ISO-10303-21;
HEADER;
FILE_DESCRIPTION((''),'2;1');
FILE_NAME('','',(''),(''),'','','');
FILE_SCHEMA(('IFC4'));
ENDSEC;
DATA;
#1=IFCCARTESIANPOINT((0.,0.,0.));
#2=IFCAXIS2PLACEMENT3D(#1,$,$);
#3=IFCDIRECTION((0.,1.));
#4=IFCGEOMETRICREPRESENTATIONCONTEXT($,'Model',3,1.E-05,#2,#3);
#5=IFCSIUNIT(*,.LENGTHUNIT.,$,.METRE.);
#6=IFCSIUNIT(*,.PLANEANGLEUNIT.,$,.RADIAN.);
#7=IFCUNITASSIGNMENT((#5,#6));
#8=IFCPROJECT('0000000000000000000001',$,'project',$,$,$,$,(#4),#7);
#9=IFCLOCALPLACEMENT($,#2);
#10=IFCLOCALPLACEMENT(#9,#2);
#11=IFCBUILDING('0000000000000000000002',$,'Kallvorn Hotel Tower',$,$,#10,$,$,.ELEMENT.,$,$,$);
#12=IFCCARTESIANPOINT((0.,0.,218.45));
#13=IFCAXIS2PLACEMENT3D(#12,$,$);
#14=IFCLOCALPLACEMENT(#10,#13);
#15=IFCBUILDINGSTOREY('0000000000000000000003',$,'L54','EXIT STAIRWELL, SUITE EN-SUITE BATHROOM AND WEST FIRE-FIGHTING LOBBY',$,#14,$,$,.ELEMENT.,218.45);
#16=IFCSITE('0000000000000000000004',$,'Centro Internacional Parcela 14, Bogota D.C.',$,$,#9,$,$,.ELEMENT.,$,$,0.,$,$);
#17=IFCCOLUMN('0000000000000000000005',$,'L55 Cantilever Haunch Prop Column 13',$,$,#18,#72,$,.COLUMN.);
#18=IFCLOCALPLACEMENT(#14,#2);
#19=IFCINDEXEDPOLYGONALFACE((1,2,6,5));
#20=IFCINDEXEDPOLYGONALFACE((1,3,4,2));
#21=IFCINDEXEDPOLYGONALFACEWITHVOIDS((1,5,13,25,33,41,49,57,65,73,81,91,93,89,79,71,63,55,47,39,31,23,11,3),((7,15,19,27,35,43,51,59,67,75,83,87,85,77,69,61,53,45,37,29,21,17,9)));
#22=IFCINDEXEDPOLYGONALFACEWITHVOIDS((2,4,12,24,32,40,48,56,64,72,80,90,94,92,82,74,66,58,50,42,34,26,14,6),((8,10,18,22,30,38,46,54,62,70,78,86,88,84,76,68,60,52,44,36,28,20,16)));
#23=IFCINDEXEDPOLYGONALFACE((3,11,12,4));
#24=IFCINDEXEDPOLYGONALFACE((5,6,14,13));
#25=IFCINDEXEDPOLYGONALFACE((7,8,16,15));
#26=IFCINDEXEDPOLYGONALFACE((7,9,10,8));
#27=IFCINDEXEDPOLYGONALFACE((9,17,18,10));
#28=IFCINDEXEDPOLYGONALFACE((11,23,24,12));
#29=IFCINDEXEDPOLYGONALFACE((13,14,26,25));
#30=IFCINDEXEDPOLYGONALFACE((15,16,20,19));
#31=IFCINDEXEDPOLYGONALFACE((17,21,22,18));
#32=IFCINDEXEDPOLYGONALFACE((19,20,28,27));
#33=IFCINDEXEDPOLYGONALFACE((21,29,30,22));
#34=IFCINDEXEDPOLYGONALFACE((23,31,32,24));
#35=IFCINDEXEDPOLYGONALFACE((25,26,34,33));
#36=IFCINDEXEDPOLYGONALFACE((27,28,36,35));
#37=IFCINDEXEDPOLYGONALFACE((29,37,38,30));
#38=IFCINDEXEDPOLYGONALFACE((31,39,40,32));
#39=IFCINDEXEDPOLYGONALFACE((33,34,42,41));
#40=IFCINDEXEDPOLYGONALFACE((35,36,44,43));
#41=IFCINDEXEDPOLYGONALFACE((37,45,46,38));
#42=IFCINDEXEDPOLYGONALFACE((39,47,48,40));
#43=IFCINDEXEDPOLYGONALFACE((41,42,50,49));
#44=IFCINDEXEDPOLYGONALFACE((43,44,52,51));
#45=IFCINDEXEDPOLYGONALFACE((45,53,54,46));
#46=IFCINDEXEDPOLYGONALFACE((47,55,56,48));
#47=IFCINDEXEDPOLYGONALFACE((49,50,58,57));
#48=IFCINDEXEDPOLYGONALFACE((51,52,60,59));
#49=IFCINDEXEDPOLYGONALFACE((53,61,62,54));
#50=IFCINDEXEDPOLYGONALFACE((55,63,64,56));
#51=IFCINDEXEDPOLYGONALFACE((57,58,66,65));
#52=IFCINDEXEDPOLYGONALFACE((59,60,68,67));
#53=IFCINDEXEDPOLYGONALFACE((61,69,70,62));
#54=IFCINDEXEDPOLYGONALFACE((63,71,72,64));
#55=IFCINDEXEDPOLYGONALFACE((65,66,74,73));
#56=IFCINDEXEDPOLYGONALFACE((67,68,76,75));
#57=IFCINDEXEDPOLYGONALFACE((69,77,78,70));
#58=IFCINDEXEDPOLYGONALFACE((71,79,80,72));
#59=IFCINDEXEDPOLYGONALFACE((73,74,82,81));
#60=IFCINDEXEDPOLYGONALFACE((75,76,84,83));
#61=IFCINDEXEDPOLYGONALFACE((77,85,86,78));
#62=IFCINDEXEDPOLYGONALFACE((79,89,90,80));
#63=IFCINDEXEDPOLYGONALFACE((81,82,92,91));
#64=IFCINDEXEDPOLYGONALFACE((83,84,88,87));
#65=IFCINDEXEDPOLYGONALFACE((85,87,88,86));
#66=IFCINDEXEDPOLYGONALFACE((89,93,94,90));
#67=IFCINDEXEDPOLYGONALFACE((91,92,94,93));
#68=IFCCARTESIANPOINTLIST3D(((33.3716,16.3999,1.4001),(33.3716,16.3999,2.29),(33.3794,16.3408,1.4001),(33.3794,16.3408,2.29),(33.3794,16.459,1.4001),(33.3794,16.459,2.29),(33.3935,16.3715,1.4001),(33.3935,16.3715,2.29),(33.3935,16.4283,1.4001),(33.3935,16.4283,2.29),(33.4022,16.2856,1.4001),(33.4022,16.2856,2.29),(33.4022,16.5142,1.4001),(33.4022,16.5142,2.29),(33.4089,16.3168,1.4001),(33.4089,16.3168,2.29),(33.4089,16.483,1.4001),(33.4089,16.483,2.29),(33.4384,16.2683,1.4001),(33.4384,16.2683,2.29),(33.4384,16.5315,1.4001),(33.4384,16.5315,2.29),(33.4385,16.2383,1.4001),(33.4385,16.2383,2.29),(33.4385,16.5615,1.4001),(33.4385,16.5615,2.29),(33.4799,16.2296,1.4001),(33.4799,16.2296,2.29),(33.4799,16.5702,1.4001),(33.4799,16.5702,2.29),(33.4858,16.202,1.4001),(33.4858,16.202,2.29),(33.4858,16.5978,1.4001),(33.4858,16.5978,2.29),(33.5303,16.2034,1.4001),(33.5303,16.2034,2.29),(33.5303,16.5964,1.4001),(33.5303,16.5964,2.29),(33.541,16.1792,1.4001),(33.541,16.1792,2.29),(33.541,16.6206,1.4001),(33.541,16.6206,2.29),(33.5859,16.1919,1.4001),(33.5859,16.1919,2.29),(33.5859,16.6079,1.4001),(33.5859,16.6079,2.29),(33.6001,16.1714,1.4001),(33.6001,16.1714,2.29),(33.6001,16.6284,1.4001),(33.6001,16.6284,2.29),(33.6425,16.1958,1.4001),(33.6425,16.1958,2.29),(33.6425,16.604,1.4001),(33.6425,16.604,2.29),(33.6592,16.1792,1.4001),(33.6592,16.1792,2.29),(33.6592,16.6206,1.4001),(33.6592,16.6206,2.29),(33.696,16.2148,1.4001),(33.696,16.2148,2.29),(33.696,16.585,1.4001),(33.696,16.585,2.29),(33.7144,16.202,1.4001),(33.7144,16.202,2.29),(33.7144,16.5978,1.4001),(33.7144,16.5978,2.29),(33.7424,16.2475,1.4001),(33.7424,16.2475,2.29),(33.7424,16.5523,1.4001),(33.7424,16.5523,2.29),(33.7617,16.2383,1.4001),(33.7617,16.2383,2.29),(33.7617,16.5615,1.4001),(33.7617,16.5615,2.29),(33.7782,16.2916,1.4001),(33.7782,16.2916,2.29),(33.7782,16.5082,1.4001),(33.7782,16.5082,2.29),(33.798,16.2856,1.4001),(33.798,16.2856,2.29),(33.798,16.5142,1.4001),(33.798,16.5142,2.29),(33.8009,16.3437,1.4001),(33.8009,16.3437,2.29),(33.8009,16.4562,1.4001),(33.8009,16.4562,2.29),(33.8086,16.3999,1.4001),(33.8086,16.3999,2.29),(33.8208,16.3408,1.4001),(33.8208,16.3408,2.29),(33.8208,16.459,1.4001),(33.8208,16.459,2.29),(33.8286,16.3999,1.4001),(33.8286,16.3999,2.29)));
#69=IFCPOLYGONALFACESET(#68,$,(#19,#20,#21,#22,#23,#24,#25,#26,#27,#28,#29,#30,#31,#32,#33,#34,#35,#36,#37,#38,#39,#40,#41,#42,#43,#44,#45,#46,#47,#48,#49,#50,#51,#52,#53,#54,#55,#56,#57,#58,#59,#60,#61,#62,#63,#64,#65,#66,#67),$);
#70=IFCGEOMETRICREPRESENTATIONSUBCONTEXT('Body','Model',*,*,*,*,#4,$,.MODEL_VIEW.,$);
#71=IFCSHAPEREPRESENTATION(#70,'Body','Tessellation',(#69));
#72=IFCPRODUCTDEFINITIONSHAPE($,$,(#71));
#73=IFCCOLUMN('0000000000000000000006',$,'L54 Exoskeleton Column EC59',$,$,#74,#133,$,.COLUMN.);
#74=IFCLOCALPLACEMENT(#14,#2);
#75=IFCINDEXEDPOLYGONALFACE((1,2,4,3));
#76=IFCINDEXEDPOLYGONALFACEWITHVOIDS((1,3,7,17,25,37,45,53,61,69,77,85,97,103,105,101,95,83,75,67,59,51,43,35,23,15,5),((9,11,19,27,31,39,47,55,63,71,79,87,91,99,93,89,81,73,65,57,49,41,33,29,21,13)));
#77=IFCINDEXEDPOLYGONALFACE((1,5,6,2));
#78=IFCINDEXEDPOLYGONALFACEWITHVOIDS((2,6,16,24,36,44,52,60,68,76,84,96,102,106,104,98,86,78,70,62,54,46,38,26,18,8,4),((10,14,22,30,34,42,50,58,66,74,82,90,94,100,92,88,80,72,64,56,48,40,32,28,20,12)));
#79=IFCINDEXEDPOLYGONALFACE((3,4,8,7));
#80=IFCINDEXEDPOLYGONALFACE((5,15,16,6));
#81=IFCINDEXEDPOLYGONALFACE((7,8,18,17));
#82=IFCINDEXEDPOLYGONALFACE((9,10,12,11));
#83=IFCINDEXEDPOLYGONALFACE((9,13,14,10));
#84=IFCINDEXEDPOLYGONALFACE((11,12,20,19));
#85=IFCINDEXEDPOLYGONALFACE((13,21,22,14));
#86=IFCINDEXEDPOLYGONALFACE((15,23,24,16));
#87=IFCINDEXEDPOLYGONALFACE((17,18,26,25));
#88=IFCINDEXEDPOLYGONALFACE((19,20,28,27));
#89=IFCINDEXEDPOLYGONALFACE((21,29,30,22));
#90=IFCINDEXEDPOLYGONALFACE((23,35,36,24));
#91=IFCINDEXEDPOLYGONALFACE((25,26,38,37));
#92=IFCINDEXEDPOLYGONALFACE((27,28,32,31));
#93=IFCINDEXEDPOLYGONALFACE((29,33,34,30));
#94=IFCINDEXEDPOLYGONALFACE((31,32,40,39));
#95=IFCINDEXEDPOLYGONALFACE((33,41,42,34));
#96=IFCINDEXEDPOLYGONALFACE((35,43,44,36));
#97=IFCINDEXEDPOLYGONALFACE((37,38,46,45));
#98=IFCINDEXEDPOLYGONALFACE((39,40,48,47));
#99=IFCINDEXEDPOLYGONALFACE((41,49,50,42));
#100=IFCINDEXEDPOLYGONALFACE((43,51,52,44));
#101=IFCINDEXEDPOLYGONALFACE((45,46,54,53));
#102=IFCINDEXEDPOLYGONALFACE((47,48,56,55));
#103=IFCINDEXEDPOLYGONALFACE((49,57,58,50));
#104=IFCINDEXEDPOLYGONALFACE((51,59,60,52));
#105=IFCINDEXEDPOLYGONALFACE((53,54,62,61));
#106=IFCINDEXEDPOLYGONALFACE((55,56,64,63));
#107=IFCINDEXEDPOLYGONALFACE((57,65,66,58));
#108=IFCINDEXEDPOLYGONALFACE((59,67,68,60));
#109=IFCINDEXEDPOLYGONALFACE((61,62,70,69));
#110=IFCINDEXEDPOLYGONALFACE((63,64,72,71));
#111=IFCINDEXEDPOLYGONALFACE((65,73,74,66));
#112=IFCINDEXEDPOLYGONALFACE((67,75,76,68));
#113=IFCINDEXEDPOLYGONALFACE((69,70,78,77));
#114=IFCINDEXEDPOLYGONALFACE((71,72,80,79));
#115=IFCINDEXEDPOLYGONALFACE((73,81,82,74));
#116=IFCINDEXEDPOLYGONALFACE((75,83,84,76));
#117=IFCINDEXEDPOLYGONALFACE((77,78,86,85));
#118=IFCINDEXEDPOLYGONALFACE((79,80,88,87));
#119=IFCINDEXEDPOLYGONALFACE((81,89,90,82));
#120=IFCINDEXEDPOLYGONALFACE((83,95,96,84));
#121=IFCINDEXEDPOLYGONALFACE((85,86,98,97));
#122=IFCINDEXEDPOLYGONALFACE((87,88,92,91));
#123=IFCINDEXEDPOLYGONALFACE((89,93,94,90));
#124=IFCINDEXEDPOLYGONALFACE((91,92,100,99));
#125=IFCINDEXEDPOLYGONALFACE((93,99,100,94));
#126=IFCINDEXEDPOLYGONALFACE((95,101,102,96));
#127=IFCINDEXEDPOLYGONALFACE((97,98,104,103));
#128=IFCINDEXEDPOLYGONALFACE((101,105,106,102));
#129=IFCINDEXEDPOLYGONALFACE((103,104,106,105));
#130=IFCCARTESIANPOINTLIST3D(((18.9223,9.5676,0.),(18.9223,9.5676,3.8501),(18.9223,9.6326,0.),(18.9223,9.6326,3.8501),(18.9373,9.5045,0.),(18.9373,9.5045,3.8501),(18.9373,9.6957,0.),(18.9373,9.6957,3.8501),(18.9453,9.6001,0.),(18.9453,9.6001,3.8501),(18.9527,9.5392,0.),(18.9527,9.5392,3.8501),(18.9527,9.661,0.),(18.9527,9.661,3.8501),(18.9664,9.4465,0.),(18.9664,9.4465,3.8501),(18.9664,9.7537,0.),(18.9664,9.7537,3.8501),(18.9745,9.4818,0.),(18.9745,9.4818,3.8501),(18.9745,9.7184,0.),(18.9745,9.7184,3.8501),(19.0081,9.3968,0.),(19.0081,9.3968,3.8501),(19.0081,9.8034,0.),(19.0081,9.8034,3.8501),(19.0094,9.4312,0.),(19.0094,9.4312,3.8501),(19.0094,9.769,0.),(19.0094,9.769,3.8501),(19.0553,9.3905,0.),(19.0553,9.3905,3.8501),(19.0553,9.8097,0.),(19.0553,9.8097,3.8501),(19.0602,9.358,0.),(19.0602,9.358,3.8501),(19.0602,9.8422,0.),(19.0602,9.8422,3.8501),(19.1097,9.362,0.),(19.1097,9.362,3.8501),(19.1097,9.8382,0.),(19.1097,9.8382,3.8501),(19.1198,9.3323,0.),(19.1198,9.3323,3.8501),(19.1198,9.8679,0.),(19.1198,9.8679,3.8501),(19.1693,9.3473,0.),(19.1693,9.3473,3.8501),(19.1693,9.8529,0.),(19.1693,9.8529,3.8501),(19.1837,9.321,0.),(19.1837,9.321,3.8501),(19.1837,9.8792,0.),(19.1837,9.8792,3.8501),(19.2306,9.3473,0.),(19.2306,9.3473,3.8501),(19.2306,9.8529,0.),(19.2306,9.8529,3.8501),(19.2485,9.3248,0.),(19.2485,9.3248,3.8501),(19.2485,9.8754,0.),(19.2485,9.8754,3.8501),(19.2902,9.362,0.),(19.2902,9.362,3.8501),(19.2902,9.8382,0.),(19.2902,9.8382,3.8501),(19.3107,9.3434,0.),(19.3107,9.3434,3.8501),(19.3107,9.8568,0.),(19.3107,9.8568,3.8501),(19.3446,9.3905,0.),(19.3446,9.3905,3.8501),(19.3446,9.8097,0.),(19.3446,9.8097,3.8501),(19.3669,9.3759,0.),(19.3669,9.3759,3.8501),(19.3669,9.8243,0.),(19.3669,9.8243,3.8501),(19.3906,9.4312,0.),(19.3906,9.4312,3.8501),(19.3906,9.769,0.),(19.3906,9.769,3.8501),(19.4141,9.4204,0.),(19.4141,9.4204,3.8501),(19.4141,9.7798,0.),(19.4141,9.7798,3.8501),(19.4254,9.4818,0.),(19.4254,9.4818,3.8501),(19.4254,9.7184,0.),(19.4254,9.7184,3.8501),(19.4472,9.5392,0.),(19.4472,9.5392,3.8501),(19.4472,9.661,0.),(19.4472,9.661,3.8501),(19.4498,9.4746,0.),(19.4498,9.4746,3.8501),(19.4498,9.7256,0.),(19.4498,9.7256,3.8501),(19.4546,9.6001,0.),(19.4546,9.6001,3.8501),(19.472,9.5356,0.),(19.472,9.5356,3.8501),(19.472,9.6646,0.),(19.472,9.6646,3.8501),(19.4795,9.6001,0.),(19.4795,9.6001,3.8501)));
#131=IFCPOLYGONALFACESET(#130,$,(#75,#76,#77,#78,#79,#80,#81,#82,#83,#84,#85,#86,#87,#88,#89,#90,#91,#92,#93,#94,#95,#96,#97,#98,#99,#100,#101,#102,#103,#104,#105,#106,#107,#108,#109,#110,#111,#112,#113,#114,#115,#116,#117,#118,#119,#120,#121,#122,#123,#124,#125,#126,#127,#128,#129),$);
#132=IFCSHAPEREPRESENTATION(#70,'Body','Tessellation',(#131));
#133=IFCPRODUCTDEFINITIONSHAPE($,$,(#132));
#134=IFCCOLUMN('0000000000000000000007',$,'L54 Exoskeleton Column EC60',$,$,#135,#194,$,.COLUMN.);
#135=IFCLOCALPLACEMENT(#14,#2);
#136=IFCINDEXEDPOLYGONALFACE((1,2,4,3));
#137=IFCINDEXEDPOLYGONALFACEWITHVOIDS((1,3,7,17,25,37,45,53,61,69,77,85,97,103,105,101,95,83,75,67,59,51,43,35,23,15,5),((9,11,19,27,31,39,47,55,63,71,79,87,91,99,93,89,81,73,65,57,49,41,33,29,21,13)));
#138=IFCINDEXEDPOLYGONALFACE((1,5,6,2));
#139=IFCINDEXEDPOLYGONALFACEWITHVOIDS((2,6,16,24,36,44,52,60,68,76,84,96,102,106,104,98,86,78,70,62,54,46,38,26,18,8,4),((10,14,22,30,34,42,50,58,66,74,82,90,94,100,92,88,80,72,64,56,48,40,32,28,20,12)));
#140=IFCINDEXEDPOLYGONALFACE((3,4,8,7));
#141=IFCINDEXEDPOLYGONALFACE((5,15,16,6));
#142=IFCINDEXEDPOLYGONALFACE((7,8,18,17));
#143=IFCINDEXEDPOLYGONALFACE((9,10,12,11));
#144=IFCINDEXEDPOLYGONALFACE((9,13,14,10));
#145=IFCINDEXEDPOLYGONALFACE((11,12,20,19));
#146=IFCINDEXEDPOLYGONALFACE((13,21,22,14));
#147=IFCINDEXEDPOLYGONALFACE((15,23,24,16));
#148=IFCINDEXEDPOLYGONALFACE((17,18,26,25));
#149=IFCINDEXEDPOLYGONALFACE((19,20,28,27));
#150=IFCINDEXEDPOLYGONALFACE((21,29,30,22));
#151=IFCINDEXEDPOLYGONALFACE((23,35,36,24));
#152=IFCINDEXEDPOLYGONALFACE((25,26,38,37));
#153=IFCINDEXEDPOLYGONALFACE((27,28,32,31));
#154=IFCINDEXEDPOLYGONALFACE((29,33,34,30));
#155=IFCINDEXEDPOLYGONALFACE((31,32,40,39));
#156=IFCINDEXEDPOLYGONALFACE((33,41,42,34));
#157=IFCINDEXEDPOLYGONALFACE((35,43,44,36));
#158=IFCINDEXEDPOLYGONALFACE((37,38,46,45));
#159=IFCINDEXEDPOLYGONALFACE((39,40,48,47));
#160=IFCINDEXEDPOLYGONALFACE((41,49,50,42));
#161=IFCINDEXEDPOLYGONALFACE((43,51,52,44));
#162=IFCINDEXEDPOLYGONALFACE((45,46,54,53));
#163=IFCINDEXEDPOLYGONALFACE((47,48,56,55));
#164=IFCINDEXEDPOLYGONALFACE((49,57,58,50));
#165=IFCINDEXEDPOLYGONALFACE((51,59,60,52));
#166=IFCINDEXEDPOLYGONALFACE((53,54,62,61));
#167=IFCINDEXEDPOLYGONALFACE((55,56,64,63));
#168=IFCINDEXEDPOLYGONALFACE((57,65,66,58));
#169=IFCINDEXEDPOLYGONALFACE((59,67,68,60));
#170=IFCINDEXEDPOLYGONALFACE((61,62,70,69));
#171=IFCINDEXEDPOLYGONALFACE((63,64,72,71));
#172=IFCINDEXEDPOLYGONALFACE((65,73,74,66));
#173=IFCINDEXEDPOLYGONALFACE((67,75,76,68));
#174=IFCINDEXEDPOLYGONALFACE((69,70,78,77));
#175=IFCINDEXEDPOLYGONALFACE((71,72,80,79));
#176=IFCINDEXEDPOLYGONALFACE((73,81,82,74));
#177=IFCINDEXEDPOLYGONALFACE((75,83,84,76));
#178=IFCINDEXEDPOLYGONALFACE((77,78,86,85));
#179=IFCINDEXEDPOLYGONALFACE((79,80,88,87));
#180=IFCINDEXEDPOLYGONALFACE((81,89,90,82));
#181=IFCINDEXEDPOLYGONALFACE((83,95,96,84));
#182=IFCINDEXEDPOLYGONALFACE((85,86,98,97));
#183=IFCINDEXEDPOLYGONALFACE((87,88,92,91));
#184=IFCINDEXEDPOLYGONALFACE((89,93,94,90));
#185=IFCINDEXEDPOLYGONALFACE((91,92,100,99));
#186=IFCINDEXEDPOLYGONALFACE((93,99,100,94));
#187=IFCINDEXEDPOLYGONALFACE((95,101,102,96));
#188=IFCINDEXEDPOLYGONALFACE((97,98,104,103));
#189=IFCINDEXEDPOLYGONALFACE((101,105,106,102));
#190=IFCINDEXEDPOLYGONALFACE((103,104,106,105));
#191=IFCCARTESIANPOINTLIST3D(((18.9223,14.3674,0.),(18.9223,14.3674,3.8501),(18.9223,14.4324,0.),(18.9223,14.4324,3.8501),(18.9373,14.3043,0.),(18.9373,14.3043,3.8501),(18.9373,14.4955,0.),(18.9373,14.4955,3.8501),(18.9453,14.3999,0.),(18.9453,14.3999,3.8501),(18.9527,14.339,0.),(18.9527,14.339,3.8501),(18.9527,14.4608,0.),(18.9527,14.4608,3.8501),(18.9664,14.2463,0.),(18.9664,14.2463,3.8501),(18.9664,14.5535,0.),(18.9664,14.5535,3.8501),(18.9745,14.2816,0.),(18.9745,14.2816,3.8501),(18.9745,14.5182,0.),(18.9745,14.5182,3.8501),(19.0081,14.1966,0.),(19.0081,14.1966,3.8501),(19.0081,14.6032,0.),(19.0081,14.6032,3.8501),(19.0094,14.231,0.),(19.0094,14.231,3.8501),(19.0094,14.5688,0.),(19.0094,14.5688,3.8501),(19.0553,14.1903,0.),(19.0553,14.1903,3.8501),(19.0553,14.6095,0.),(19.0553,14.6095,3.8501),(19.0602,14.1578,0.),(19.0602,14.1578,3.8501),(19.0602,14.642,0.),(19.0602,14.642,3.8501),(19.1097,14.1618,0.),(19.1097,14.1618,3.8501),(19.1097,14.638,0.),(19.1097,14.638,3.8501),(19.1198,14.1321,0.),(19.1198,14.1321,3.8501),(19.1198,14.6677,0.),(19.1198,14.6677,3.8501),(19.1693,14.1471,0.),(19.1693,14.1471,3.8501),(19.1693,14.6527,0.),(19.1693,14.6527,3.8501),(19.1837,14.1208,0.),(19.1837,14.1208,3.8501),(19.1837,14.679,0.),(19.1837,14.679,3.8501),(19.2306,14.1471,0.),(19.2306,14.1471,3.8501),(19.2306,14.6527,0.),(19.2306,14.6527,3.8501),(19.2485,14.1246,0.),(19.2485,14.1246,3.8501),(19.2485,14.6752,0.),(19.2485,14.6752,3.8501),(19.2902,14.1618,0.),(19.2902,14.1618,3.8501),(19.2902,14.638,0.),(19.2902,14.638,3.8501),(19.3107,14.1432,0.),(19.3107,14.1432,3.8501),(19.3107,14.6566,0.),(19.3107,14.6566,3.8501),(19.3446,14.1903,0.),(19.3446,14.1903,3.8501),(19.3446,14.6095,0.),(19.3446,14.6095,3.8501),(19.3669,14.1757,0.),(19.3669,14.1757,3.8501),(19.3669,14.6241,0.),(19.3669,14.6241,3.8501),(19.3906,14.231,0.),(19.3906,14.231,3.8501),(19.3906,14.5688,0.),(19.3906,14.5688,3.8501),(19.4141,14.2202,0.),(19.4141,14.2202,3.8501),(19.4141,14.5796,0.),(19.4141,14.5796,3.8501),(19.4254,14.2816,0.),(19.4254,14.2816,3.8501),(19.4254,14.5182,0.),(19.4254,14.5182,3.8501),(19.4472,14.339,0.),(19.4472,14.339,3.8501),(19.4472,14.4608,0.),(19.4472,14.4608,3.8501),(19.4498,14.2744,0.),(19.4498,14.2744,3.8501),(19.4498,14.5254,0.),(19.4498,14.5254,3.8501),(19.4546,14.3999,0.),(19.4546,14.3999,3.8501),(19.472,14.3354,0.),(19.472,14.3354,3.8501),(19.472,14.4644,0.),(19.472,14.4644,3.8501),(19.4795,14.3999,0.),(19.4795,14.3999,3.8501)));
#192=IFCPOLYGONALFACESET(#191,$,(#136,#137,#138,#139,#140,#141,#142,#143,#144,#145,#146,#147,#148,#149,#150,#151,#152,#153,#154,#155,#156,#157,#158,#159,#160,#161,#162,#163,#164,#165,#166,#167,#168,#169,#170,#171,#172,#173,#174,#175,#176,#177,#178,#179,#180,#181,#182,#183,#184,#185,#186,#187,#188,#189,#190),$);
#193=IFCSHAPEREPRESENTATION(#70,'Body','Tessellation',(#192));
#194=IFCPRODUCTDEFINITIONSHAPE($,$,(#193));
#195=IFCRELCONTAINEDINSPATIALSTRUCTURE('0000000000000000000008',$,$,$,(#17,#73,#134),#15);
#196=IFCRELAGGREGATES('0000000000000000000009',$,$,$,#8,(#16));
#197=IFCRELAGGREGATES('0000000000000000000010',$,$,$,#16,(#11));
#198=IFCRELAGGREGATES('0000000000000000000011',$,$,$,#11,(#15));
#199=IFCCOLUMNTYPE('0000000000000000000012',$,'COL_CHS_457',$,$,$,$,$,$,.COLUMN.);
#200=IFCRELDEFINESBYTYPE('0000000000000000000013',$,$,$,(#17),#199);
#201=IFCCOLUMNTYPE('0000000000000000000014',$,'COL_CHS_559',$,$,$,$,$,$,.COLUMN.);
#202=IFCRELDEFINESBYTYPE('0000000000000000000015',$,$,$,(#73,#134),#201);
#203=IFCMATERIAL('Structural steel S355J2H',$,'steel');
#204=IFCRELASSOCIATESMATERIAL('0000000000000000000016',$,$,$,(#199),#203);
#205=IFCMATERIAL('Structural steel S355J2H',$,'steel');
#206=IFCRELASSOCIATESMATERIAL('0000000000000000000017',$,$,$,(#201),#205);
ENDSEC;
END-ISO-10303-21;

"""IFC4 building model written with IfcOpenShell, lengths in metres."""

from ifc_helpers import new_model, si_unit, direction, frame, origin, origin_2d, place, context, subcontext, project, spatial, hollow_circle, extrude, material, material_profile, profile_set, type_object, element, save


model = new_model("IFC4")

# Units and contexts
model_context = context("Model", 3, precision=1e-05, world=origin(), true_north=direction((0.0, 1.0)))
body_context = subcontext(model_context, "Body", "Model", "MODEL_VIEW")
ifc_project = project(units=[si_unit("LENGTHUNIT", "METRE"), si_unit("PLANEANGLEUNIT", "RADIAN")], contexts=[model_context])

# Site, building, storey
site_placement = place(None, origin())
site = spatial("IfcSite", under=ifc_project, at=site_placement, Name="Centro Internacional Parcela 14, Bogota D.C.", CompositionType="ELEMENT", RefElevation=0.0)
building_placement = place(site_placement, origin())
building = spatial("IfcBuilding", under=site, at=building_placement, Name="Kallvorn Hotel Tower", CompositionType="ELEMENT")
storey_placement = place(building_placement, frame((0.0, 0.0, 218.45)))
storey = spatial("IfcBuildingStorey", under=building, at=storey_placement, Name="L54", Description="EXIT STAIRWELL, SUITE EN-SUITE BATHROOM AND WEST FIRE-FIGHTING LOBBY", CompositionType="ELEMENT", Elevation=218.45)

# Columns
ifc_material_1 = material(Name="Structural steel S355J2H", Category="steel")
ifc_material_profile_1 = material_profile(ifc_material_1, hollow_circle(Radius=0.2285, WallThickness=0.02, at=origin_2d()), Name="CHS 457x20")
ifc_profile_set_1 = profile_set([ifc_material_profile_1], Name="Structural steel S355J2H")
column_type_1 = type_object("IfcColumnType", Name="COL_CHS_457", PredefinedType="COLUMN", material=ifc_profile_set_1)
column_placement = place(storey_placement, frame((33.6001, 16.3999, 1.4001), z_axis=(0.0, 0.0, 1.0), x_axis=(1.0, 0.0, 0.0)))
element("IfcColumn", 1, at=column_placement, inside=storey, type_object=column_type_1, Name="L55 Cantilever Haunch Prop Column 13", PredefinedType="COLUMN", context=body_context, shape_type="SweptSolid", body=[
    extrude(hollow_circle(Radius=0.2285, WallThickness=0.02, at=origin_2d()), origin(), (0.0, 0.0, 1.0), 0.8899),
])
ifc_material_2 = material(Name="Structural steel S355J2H", Category="steel")
ifc_material_profile_2 = material_profile(ifc_material_2, hollow_circle(Radius=0.2795, WallThickness=0.0249, at=origin_2d()), Name="CHS 559x25")
ifc_profile_set_2 = profile_set([ifc_material_profile_2], Name="Structural steel S355J2H")
column_type_2 = type_object("IfcColumnType", Name="COL_CHS_559", PredefinedType="COLUMN", material=ifc_profile_set_2)
for number, where, z_axis, x_axis, name in (
    (2, (19.2, 9.6001, 0.0), (0.0, 0.0, 1.0), (1.0, 0.0, 0.0), "L54 Exoskeleton Column EC59"),
    (3, (19.2, 14.3999, 0.0), (0.0, 0.0, 1.0), (1.0, 0.0, 0.0), "L54 Exoskeleton Column EC60"),
):
    element("IfcColumn", number, at=place(storey_placement, frame(where, z_axis=z_axis, x_axis=x_axis)), inside=storey, type_object=column_type_2, Name=name, PredefinedType="COLUMN", context=body_context, shape_type="SweptSolid", body=[
        extrude(hollow_circle(Radius=0.2795, WallThickness=0.0249, at=origin_2d()), origin(), (0.0, 0.0, 1.0), 3.8501),
    ])

save(model, "model.ifc")
